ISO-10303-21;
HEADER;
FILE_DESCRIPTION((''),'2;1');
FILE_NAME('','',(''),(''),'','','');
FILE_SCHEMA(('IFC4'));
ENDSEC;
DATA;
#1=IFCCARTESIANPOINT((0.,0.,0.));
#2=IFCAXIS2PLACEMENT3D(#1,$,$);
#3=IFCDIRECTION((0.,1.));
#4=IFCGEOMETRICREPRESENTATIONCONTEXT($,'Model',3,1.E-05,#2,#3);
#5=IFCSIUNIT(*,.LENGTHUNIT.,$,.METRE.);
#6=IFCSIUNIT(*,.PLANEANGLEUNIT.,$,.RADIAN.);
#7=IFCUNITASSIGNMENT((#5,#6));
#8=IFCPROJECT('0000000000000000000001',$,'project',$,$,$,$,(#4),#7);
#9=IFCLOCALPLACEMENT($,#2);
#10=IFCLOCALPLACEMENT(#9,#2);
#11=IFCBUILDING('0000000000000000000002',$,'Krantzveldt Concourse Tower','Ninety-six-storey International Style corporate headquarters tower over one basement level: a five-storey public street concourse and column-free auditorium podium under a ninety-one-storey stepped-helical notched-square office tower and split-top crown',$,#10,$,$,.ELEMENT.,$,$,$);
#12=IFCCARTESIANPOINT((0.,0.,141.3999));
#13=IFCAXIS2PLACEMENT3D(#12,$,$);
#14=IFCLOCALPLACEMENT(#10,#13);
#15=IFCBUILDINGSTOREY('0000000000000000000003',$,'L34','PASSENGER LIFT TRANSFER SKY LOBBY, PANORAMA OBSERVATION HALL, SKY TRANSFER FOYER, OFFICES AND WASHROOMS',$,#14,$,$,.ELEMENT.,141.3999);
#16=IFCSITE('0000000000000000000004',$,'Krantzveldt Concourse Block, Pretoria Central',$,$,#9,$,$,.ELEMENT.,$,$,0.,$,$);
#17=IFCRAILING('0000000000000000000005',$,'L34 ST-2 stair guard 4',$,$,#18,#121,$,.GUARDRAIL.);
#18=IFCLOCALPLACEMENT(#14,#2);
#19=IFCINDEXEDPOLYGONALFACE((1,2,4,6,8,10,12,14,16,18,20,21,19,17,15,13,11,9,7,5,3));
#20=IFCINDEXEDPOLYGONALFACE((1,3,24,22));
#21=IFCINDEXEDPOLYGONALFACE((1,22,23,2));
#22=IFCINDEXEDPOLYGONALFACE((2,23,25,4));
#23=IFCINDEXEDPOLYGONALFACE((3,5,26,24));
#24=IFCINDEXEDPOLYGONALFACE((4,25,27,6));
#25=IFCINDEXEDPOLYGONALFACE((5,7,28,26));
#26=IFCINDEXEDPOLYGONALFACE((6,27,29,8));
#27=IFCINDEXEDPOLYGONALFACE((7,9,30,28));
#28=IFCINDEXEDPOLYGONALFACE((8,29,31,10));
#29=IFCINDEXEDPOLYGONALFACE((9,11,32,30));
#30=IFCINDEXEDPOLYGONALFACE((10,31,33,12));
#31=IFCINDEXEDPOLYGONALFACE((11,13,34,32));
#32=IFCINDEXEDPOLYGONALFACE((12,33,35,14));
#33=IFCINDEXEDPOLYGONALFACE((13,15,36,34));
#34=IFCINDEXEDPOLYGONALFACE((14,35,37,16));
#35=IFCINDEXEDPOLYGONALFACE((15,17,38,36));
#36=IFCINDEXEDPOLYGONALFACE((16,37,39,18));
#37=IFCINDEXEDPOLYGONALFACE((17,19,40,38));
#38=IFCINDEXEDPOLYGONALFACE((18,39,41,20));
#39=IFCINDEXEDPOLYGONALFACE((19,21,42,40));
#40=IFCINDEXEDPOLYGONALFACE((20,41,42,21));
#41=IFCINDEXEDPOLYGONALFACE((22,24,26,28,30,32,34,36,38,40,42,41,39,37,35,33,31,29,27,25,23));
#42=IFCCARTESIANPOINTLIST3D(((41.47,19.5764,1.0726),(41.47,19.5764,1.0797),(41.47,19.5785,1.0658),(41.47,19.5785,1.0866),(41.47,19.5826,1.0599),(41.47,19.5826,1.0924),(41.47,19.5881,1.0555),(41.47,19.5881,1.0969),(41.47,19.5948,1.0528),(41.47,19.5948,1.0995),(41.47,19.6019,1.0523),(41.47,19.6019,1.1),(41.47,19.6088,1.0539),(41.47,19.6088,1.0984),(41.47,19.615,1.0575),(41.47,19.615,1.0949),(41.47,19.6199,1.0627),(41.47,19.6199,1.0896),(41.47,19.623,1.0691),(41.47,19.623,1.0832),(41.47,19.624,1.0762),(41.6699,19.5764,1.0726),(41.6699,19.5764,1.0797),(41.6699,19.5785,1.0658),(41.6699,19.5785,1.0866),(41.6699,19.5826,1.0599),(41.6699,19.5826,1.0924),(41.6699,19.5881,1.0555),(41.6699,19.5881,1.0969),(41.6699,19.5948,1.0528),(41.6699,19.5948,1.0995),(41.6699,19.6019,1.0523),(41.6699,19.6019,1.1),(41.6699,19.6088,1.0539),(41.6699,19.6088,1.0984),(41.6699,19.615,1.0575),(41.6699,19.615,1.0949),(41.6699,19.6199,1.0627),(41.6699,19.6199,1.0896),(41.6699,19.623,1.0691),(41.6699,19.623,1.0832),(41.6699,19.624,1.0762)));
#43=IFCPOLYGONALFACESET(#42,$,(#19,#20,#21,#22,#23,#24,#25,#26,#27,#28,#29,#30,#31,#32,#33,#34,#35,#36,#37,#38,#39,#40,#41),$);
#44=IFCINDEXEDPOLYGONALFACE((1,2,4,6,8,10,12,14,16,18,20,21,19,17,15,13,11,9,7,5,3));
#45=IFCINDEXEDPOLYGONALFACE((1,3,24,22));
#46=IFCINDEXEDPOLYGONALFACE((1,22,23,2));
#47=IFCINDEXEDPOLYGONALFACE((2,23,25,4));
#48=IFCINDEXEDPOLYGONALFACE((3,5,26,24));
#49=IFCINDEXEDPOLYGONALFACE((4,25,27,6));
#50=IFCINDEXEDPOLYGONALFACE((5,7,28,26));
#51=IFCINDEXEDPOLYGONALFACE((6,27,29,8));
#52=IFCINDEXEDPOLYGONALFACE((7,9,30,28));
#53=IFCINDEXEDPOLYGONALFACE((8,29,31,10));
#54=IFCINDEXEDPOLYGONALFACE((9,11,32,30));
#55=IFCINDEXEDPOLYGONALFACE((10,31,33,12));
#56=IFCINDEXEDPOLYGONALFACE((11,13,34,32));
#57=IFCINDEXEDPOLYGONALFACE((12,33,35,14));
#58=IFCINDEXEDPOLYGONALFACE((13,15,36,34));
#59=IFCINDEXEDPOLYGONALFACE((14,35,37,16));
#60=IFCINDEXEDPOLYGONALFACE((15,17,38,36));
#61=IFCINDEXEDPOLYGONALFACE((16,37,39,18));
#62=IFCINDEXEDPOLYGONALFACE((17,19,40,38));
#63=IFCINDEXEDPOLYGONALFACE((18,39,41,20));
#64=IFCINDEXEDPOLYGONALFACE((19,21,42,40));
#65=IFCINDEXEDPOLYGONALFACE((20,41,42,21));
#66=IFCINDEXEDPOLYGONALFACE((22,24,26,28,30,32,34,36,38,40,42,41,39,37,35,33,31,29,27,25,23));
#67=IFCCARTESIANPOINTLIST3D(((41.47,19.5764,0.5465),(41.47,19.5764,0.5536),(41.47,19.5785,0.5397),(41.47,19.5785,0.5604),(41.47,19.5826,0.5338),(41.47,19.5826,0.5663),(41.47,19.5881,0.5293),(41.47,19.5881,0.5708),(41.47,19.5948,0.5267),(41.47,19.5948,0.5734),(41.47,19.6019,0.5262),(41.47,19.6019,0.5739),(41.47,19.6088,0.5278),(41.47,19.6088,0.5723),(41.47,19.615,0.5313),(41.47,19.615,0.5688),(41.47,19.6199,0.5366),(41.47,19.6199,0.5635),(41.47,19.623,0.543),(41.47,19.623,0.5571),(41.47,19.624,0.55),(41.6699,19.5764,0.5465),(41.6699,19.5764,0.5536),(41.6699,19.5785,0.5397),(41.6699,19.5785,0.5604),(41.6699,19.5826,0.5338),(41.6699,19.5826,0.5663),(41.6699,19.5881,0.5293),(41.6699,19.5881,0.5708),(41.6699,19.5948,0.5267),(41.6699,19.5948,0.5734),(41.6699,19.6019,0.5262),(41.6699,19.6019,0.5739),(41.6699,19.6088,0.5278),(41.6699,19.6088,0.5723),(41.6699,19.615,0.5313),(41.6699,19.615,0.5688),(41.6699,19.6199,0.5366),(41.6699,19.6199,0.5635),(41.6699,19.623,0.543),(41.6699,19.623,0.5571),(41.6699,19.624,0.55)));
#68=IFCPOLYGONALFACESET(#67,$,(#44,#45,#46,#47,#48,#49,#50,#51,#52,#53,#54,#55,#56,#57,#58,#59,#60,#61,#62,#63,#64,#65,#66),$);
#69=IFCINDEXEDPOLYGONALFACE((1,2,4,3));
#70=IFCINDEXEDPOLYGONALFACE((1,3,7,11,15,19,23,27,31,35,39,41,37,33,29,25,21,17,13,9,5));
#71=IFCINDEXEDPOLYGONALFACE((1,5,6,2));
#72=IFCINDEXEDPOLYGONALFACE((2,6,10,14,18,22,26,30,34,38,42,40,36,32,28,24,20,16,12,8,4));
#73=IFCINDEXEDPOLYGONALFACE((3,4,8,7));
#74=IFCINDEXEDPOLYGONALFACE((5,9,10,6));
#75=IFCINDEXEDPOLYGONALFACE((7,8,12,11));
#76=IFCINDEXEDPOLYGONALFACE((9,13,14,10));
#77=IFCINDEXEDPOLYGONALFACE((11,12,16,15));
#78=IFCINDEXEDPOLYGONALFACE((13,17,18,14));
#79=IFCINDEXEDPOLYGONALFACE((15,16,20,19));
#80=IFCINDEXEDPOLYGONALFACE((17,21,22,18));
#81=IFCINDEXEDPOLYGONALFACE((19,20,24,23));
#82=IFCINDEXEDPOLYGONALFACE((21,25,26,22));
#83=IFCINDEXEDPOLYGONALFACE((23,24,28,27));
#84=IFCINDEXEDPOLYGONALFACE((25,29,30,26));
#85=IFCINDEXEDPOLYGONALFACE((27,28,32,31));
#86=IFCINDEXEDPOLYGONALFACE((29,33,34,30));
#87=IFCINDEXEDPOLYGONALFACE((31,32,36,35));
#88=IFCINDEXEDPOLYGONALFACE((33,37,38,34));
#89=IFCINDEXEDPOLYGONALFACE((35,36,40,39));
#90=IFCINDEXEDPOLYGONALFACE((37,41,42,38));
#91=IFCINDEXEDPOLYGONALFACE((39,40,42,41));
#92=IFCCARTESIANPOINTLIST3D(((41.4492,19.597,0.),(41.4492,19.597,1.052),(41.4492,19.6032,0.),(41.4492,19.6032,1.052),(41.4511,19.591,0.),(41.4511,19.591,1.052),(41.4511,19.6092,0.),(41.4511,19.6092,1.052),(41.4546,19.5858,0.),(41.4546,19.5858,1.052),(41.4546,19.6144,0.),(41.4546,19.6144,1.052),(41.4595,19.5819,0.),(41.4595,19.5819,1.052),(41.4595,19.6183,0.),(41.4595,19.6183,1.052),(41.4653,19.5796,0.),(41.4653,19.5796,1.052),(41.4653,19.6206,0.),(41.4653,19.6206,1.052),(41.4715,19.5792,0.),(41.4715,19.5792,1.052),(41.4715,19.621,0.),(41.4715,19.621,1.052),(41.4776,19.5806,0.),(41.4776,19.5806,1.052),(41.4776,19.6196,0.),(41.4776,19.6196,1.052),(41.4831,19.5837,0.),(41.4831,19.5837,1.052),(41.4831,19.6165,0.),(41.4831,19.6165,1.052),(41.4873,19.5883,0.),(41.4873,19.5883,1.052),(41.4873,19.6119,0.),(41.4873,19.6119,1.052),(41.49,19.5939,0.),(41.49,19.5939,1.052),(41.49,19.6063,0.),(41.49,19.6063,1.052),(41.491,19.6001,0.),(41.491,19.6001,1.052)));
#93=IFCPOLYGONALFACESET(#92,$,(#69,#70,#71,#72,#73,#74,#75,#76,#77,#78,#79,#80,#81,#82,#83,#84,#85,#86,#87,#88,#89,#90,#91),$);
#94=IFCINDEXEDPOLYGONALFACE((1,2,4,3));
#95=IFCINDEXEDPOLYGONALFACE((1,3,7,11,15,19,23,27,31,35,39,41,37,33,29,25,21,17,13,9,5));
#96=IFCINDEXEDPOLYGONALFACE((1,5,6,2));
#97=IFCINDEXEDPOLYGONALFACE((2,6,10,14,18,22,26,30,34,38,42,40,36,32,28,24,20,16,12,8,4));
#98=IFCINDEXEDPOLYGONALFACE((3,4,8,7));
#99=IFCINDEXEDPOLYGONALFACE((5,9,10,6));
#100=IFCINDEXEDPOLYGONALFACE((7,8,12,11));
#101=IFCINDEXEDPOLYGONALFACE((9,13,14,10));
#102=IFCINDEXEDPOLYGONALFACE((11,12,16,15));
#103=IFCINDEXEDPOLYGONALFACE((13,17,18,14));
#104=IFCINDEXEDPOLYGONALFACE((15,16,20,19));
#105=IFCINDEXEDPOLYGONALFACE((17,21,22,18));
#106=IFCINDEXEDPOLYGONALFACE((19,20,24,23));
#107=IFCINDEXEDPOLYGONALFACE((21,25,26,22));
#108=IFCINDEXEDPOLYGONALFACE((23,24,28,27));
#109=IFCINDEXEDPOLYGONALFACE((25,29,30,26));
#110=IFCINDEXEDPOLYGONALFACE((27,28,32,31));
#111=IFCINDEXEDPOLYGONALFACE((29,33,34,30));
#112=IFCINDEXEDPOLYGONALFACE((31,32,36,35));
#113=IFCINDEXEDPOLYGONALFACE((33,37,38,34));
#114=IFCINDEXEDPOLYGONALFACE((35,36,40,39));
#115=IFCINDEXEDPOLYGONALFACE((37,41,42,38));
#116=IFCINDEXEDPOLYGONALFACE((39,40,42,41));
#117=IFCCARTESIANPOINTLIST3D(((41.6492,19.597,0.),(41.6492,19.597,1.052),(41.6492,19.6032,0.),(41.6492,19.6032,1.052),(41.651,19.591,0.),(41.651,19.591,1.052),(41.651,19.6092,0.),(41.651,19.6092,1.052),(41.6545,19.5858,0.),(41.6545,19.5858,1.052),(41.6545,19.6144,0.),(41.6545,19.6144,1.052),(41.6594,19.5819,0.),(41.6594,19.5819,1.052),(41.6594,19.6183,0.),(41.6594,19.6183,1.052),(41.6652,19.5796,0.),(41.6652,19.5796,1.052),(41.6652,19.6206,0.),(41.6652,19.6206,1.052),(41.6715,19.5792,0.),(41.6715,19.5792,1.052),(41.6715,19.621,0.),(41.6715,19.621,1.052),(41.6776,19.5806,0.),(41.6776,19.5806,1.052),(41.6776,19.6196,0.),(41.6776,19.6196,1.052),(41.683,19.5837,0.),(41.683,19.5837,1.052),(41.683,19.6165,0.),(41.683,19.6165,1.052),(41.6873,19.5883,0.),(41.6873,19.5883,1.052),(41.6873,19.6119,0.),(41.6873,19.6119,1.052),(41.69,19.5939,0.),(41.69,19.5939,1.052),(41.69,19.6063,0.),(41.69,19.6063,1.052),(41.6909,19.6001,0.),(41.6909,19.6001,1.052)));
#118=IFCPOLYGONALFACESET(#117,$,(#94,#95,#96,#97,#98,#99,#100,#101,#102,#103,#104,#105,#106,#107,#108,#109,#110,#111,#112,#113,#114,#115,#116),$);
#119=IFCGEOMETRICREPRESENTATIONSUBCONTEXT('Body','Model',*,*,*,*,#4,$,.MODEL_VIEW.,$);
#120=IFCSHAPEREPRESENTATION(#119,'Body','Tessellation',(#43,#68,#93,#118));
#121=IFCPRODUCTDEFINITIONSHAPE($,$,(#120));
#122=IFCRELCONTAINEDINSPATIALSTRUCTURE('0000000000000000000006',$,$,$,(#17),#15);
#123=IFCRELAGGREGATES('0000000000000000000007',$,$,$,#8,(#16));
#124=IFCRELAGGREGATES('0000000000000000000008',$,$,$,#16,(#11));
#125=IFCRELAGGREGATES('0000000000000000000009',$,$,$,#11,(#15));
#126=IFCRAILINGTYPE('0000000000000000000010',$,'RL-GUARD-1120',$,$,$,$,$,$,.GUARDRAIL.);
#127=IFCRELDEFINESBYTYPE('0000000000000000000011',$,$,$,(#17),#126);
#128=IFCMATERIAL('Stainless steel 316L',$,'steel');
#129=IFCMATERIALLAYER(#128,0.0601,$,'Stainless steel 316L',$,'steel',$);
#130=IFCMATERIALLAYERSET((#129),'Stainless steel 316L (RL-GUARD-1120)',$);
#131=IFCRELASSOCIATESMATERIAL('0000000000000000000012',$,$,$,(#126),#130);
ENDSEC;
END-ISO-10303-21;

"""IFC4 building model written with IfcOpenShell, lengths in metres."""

from ifc_helpers import new_model, si_unit, direction, frame, origin, origin_2d, place, context, subcontext, project, spatial, circle, extrude, material, layer, layer_set, type_object, element, save


model = new_model("IFC4")

# Units and contexts
model_context = context("Model", 3, precision=1e-05, world=origin(), true_north=direction((0.0, 1.0)))
body_context = subcontext(model_context, "Body", "Model", "MODEL_VIEW")
ifc_project = project(units=[si_unit("LENGTHUNIT", "METRE"), si_unit("PLANEANGLEUNIT", "RADIAN")], contexts=[model_context])

# Site, building, storey
site_placement = place(None, origin())
site = spatial("IfcSite", under=ifc_project, at=site_placement, Name="Krantzveldt Concourse Block, Pretoria Central", CompositionType="ELEMENT", RefElevation=0.0)
building_placement = place(site_placement, origin())
building = spatial("IfcBuilding", under=site, at=building_placement, Name="Krantzveldt Concourse Tower", Description="Ninety-six-storey International Style corporate headquarters tower over one basement level: a five-storey public street concourse and column-free auditorium podium under a ninety-one-storey stepped-helical notched-square office tower and split-top crown", CompositionType="ELEMENT")
storey_placement = place(building_placement, frame((0.0, 0.0, 141.3999)))
storey = spatial("IfcBuildingStorey", under=building, at=storey_placement, Name="L34", Description="PASSENGER LIFT TRANSFER SKY LOBBY, PANORAMA OBSERVATION HALL, SKY TRANSFER FOYER, OFFICES AND WASHROOMS", CompositionType="ELEMENT", Elevation=141.3999)

# Shared definitions
ifc_material_1 = material(Name="Stainless steel 316L", Category="steel")

# Railing
ifc_layer_1 = layer(ifc_material_1, 0.0601, Name="Stainless steel 316L", Category="steel")
ifc_layer_set_1 = layer_set([ifc_layer_1], Name="Stainless steel 316L (RL-GUARD-1120)")
railing_type_1 = type_object("IfcRailingType", Name="RL-GUARD-1120", PredefinedType="GUARDRAIL", material=ifc_layer_set_1)
railing_1_placement = place(storey_placement, frame((41.47, 19.6001, 0.0)))
element("IfcRailing", 1, at=railing_1_placement, inside=storey, type_object=railing_type_1, Name="L34 ST-2 stair guard 4", PredefinedType="GUARDRAIL", context=body_context, shape_type="SweptSolid", body=[
    extrude(circle(Radius=0.0239, at=origin_2d()), frame((0.0, 0.0, 1.0762), z_axis=(1.0, 0.0, 0.0), x_axis=(0.0, 1.0, 0.0)), (0.0, 0.0, 1.0), 0.2),
    extrude(circle(Radius=0.0239, at=origin_2d()), frame((0.0, 0.0, 0.55), z_axis=(1.0, 0.0, 0.0), x_axis=(0.0, 1.0, 0.0)), (0.0, 0.0, 1.0), 0.2),
    extrude(circle(Radius=0.021, at=origin_2d()), origin(), (0.0, 0.0, 1.0), 1.052),
    extrude(circle(Radius=0.021, at=origin_2d()), frame((0.2, 0.0, 0.0)), (0.0, 0.0, 1.0), 1.052),
])

save(model, "model.ifc")
